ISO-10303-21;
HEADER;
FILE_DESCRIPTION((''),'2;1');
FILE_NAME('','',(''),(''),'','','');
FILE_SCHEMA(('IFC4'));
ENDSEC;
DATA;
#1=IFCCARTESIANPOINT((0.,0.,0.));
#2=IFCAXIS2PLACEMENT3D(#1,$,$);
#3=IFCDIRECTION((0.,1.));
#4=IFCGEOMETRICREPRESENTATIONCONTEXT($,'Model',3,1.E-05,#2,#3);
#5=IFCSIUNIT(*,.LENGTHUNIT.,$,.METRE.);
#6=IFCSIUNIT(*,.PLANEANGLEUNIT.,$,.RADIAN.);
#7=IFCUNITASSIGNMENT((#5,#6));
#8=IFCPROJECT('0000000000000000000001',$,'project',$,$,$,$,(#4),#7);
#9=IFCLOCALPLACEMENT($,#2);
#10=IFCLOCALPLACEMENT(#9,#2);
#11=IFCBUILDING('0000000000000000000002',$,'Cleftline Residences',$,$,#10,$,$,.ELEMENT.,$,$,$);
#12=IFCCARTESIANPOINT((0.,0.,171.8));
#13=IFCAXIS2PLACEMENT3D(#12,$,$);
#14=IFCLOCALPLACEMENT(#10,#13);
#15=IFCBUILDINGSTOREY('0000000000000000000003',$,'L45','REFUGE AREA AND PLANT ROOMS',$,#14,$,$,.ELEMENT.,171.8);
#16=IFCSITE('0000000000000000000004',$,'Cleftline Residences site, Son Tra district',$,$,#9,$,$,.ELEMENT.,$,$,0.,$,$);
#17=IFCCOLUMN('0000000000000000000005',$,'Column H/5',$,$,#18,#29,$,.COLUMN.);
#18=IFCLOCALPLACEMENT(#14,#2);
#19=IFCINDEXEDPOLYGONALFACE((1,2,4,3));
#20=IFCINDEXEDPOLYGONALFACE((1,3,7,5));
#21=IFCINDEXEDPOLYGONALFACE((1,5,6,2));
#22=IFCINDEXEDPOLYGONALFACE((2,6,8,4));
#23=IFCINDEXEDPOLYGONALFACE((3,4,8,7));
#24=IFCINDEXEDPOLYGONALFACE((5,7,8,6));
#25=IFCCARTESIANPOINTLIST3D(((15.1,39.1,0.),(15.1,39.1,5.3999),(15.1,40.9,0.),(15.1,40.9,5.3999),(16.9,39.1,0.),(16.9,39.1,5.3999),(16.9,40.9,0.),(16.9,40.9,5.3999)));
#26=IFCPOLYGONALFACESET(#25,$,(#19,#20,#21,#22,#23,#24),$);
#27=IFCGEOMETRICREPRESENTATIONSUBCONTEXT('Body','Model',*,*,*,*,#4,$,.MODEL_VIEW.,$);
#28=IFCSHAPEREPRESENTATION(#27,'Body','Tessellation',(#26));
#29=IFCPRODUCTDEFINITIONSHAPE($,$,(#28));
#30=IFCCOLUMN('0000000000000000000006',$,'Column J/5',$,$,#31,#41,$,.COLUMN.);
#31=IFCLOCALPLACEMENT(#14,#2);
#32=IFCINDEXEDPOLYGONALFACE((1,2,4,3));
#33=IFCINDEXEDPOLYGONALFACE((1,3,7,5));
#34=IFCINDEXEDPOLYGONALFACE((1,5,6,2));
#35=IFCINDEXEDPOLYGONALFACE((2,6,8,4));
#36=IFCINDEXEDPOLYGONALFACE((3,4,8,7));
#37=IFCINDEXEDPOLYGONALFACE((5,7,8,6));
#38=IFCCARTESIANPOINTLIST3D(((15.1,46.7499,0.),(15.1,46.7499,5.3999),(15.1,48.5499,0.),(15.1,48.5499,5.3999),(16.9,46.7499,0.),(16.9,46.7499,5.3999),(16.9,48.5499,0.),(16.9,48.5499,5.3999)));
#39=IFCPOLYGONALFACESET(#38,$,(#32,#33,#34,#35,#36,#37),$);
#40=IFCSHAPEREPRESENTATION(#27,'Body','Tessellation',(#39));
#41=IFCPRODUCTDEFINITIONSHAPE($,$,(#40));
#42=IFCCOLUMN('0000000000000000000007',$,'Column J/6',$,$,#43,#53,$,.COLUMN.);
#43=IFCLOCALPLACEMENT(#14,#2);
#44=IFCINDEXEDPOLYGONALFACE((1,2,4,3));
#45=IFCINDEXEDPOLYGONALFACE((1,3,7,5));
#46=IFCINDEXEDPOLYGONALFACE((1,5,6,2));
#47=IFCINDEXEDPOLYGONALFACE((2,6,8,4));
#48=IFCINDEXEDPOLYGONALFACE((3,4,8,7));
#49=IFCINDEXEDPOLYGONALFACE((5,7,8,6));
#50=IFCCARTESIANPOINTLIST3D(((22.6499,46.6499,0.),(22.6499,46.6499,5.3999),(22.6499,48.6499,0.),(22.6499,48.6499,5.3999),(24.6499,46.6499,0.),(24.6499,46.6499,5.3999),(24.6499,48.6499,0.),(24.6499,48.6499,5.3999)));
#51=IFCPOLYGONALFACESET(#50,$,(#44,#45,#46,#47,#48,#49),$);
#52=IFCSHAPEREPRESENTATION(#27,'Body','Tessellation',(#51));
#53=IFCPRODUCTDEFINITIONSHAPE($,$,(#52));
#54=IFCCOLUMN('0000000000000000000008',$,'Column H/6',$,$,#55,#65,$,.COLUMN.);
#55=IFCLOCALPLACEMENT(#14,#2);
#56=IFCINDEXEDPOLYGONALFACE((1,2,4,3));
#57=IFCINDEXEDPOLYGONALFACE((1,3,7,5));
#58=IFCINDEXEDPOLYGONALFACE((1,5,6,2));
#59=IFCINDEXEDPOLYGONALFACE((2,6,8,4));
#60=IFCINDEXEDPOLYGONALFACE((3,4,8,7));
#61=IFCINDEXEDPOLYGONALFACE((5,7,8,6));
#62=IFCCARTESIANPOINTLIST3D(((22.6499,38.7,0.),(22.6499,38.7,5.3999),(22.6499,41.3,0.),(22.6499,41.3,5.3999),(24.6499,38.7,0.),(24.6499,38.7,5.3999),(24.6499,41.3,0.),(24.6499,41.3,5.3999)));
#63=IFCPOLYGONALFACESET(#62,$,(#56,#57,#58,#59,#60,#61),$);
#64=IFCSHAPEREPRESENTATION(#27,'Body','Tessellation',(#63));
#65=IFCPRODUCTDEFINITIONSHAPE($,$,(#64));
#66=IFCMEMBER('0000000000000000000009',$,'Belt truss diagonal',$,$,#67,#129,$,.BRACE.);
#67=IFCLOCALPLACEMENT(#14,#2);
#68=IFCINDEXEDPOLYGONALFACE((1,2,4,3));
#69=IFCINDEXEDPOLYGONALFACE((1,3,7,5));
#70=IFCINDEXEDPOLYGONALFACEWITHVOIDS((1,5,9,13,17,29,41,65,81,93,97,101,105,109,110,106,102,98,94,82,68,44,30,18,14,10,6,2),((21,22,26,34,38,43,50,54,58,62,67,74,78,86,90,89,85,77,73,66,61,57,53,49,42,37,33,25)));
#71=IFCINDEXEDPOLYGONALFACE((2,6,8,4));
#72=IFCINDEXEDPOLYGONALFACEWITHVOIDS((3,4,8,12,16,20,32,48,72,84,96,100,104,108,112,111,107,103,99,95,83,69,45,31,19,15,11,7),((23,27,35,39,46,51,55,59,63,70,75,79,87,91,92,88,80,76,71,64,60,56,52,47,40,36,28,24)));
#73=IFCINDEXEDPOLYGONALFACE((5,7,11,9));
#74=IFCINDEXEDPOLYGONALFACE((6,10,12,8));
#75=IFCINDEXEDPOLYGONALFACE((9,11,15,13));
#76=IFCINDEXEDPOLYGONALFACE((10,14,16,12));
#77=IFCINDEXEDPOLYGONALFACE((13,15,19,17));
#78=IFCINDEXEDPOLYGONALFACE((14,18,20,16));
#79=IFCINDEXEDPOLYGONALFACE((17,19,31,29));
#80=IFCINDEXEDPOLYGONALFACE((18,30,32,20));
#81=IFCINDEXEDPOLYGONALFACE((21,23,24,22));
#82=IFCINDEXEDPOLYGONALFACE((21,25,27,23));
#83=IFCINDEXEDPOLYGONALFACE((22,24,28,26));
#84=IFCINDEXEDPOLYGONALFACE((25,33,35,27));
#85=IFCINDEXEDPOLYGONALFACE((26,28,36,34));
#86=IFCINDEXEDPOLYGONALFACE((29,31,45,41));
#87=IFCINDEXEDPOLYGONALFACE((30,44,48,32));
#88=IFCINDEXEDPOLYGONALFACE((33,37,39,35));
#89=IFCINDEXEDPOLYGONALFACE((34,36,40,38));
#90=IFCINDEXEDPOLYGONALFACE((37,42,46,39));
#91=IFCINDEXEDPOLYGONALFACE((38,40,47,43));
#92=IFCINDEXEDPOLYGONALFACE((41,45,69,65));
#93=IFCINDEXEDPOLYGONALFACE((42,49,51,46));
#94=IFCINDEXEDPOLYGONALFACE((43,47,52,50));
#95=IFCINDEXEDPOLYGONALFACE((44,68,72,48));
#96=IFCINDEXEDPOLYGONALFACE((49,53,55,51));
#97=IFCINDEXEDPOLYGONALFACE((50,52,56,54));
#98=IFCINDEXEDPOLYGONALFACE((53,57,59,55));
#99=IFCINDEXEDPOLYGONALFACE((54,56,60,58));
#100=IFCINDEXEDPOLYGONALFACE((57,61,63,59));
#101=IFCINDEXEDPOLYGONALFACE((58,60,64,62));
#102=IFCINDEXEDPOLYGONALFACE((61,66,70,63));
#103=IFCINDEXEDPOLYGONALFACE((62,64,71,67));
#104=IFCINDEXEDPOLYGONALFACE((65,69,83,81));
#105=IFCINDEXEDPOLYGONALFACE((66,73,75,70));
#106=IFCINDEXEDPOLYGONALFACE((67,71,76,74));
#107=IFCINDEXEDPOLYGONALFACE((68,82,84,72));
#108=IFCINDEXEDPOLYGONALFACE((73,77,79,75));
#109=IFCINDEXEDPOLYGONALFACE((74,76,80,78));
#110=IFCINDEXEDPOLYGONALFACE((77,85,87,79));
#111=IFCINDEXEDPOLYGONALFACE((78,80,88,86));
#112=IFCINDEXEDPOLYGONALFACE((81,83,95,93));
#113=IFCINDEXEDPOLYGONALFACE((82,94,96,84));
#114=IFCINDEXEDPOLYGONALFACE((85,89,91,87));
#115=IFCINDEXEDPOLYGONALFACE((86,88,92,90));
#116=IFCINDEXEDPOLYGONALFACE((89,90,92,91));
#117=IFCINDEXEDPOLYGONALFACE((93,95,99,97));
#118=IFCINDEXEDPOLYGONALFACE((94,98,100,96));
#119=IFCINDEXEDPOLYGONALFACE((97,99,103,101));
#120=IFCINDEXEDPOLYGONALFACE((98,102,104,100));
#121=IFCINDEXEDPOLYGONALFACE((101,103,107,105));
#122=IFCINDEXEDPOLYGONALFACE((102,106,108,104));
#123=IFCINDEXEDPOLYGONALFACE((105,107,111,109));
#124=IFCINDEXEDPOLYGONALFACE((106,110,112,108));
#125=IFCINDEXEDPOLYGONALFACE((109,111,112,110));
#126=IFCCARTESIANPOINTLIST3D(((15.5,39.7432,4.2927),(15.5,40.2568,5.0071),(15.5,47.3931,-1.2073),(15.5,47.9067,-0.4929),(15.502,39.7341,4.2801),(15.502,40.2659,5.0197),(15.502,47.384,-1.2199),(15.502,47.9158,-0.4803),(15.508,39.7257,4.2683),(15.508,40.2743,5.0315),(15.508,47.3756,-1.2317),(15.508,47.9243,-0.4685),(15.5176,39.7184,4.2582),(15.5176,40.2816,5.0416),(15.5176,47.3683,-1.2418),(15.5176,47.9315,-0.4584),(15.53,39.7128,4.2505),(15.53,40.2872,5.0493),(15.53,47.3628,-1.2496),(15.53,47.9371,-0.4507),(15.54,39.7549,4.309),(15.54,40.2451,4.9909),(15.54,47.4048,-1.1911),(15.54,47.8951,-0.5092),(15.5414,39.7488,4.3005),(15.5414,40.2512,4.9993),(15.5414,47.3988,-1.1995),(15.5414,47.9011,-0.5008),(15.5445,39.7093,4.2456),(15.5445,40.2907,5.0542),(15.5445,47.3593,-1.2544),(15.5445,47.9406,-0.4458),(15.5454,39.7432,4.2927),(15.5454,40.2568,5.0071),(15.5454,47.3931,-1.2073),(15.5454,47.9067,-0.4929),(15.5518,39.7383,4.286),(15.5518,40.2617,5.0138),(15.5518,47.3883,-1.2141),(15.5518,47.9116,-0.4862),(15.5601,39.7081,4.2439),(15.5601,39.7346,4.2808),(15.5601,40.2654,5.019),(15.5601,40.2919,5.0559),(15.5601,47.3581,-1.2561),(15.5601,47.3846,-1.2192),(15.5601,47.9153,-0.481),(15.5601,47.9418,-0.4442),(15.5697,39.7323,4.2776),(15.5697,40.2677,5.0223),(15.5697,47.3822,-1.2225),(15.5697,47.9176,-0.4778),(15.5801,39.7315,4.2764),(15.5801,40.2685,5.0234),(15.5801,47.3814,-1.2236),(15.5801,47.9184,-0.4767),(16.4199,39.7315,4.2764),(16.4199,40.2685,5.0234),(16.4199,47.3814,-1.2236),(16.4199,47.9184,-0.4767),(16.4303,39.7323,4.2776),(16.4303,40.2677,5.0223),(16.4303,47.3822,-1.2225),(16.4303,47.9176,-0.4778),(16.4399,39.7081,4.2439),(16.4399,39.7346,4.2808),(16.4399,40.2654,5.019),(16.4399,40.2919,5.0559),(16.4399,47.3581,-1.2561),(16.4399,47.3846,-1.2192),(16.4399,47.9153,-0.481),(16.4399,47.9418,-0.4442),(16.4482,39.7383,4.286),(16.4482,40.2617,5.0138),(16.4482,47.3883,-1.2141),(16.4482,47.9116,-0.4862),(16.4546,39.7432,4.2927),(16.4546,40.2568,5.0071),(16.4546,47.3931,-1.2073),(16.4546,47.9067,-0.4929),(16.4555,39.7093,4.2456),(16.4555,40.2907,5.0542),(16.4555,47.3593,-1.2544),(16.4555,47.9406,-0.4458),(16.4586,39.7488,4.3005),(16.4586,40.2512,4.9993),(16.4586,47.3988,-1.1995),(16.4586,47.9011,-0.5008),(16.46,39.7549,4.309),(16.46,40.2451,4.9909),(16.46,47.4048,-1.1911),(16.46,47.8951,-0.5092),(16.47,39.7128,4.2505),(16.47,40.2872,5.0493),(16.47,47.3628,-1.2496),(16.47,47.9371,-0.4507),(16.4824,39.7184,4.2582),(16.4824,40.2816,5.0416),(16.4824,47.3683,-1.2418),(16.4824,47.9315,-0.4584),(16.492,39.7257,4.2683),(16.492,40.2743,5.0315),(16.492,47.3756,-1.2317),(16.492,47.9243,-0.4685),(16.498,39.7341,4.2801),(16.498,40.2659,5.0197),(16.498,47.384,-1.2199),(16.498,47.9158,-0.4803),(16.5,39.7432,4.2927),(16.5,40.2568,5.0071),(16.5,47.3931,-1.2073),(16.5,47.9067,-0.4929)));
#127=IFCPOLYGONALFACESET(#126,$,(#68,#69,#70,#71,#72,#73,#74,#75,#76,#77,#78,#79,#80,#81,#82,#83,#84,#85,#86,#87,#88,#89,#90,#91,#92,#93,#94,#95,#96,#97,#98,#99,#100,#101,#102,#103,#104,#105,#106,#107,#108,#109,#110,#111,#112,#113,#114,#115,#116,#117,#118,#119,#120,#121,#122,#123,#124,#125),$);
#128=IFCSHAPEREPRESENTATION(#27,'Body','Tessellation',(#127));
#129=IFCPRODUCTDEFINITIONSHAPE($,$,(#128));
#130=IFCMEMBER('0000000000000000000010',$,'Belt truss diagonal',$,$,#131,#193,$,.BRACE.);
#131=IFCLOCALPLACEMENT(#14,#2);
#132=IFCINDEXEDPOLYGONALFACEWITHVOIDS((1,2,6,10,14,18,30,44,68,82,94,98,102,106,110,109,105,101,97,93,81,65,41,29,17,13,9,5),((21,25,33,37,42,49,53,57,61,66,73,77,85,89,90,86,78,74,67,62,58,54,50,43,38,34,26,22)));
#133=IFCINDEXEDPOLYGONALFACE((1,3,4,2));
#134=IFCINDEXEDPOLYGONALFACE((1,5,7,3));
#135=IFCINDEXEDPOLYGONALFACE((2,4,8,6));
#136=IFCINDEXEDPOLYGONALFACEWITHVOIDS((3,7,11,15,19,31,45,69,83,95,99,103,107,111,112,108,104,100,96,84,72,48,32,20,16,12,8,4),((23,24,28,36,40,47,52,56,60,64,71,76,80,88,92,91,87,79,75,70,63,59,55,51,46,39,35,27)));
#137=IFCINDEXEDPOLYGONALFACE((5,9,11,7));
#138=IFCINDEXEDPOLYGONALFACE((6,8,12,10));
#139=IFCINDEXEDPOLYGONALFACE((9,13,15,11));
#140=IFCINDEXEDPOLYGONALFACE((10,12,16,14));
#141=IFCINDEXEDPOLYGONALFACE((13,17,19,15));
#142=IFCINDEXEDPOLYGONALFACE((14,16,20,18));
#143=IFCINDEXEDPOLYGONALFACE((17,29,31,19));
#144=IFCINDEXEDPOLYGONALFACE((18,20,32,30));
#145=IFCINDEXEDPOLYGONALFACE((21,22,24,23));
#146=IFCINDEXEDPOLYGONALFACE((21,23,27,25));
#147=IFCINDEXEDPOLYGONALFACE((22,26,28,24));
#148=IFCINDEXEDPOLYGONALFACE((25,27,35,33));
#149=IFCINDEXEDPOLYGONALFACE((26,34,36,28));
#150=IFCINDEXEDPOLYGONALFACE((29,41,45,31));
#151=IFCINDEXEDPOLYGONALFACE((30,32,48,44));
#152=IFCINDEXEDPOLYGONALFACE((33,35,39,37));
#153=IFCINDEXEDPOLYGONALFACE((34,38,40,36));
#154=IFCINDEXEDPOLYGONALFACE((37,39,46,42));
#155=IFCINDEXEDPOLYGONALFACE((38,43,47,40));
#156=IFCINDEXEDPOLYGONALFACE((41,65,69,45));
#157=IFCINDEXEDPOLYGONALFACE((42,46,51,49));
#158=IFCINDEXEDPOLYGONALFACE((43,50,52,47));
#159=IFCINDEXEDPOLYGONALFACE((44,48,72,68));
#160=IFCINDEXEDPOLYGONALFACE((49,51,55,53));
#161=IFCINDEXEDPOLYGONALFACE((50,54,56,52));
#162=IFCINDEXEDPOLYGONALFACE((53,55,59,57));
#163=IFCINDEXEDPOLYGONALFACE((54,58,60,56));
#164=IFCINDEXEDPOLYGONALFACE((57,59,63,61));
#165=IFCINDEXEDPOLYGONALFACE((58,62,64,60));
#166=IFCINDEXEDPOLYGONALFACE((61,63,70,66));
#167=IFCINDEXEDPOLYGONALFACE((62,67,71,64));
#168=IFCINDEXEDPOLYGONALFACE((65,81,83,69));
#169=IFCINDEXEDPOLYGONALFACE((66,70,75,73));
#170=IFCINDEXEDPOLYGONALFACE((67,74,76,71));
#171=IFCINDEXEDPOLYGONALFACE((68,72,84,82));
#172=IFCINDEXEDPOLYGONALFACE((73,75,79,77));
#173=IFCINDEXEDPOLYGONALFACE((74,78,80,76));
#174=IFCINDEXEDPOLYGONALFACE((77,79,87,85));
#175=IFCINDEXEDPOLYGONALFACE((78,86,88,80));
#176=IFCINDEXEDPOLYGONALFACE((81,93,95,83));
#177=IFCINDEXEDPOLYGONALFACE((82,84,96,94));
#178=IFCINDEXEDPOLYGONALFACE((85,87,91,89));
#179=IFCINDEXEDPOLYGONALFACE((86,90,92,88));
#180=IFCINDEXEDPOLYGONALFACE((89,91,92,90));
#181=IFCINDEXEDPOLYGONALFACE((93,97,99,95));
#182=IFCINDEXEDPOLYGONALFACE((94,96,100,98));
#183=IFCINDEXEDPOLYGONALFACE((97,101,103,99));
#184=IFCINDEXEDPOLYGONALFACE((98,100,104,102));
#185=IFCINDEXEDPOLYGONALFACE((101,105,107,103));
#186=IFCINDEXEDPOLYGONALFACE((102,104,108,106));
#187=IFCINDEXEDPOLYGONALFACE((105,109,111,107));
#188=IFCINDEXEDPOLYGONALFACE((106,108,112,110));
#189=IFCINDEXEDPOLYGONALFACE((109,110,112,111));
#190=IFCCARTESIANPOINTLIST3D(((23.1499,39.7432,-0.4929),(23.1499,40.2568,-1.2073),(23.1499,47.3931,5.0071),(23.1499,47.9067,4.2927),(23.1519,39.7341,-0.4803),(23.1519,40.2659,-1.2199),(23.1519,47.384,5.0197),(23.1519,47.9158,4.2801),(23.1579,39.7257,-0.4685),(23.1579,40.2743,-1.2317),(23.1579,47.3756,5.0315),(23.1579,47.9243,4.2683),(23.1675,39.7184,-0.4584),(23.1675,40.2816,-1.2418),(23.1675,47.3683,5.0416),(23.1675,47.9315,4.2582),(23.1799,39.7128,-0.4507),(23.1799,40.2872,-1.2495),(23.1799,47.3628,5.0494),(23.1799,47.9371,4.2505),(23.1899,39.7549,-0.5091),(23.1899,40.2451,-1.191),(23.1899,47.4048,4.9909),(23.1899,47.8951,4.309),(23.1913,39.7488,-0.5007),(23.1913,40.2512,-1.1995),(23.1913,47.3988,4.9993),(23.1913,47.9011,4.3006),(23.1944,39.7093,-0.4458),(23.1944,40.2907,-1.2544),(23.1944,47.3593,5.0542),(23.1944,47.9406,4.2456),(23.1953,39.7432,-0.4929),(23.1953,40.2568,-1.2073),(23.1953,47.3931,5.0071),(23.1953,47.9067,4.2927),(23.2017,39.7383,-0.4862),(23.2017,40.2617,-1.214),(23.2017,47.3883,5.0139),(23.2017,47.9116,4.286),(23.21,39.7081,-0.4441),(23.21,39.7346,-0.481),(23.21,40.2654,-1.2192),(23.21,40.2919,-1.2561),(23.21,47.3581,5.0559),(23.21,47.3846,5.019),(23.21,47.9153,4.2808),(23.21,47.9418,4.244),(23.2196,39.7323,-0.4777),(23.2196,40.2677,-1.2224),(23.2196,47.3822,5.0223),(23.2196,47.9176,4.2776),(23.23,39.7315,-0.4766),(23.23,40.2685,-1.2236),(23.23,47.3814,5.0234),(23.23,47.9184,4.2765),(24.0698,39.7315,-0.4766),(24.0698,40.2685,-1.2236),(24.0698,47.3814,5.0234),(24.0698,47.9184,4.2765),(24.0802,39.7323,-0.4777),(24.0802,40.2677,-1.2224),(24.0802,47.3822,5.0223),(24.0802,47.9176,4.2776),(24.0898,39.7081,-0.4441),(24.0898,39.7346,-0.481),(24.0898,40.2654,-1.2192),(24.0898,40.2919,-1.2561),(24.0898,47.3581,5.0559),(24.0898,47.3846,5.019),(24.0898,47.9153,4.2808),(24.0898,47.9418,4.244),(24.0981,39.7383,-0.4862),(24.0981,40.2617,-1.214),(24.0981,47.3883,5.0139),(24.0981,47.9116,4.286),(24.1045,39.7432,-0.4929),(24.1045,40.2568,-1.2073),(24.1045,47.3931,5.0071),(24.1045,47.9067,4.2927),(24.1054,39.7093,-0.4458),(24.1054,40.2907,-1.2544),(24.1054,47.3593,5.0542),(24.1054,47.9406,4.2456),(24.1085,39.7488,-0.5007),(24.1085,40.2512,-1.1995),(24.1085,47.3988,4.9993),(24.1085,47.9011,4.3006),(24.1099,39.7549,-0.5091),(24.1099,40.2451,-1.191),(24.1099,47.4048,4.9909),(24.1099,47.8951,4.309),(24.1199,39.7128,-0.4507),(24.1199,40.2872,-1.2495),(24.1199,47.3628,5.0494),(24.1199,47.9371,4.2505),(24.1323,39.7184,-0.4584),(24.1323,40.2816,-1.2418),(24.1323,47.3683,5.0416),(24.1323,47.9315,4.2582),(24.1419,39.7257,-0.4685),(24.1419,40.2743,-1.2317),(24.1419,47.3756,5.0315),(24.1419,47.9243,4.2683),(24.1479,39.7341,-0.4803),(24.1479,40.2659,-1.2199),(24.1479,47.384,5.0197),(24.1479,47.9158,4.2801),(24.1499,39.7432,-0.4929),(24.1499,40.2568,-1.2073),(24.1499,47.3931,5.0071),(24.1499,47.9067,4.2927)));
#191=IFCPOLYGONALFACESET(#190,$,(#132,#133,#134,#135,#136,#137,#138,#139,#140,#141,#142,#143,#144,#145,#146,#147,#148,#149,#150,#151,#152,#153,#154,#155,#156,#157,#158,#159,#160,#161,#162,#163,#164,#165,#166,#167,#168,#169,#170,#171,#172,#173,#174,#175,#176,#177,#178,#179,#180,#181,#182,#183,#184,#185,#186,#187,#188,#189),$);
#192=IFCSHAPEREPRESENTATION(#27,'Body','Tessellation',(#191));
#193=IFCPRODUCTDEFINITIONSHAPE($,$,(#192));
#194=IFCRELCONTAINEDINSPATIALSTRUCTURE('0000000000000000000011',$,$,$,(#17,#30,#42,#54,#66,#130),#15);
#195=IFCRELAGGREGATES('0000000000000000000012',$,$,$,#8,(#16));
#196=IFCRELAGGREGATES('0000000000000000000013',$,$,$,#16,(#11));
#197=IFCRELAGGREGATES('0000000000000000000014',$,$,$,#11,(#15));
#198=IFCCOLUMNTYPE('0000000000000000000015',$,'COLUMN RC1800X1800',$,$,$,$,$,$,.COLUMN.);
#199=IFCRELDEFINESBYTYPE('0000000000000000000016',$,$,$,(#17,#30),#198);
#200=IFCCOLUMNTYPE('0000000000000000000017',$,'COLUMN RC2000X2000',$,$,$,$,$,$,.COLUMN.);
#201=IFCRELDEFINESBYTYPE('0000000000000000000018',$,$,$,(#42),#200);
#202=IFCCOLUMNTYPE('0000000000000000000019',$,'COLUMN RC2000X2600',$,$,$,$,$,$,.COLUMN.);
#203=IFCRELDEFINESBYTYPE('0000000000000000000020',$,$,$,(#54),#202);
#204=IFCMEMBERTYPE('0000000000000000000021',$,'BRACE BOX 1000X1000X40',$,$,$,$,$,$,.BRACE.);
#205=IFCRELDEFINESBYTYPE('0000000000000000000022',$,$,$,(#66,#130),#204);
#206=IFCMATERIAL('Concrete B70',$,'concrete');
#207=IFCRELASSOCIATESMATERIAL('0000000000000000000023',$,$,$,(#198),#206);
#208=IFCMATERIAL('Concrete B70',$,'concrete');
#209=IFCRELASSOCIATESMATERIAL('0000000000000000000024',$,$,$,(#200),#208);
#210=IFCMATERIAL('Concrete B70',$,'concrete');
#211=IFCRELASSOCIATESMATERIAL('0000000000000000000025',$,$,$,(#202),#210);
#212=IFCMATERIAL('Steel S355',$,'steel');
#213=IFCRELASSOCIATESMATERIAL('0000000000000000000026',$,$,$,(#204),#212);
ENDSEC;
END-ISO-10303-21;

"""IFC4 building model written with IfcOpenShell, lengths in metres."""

from ifc_helpers import new_model, si_unit, direction, frame, origin, origin_2d, place, context, subcontext, project, spatial, rectangle, hollow_rectangle, extrude, material, material_profile, profile_set, type_object, element, save


model = new_model("IFC4")

# Units and contexts
model_context = context("Model", 3, precision=1e-05, world=origin(), true_north=direction((0.0, 1.0)))
body_context = subcontext(model_context, "Body", "Model", "MODEL_VIEW")
ifc_project = project(units=[si_unit("LENGTHUNIT", "METRE"), si_unit("PLANEANGLEUNIT", "RADIAN")], contexts=[model_context])

# Site, building, storey
site_placement = place(None, origin())
site = spatial("IfcSite", under=ifc_project, at=site_placement, Name="Cleftline Residences site, Son Tra district", CompositionType="ELEMENT", RefElevation=0.0)
building_placement = place(site_placement, origin())
building = spatial("IfcBuilding", under=site, at=building_placement, Name="Cleftline Residences", CompositionType="ELEMENT")
storey_placement = place(building_placement, frame((0.0, 0.0, 171.8)))
storey = spatial("IfcBuildingStorey", under=building, at=storey_placement, Name="L45", Description="REFUGE AREA AND PLANT ROOMS", CompositionType="ELEMENT", Elevation=171.8)

# Columns
ifc_material_1 = material(Name="Concrete B70", Category="concrete")
ifc_material_profile_1 = material_profile(ifc_material_1, rectangle(XDim=1.8, YDim=1.8, at=origin_2d()))
ifc_profile_set_1 = profile_set([ifc_material_profile_1], Name="Concrete B70")
column_type_1 = type_object("IfcColumnType", Name="COLUMN RC1800X1800", PredefinedType="COLUMN", material=ifc_profile_set_1)
for number, where, z_axis, x_axis, name in (
    (1, (16.0, 40.0, 0.0), (0.0, 0.0, 1.0), (1.0, 0.0, 0.0), "Column H/5"),
    (2, (16.0, 47.6499, 0.0), (0.0, 0.0, 1.0), (1.0, 0.0, 0.0), "Column J/5"),
):
    element("IfcColumn", number, at=place(storey_placement, frame(where, z_axis=z_axis, x_axis=x_axis)), inside=storey, type_object=column_type_1, Name=name, PredefinedType="COLUMN", context=body_context, shape_type="SweptSolid", body=[
        extrude(rectangle(XDim=1.8, YDim=1.8, at=origin_2d()), origin(), (0.0, 0.0, 1.0), 5.3999),
    ])
ifc_material_2 = material(Name="Concrete B70", Category="concrete")
ifc_material_profile_2 = material_profile(ifc_material_2, rectangle(XDim=2.0, YDim=2.0, at=origin_2d()))
ifc_profile_set_2 = profile_set([ifc_material_profile_2], Name="Concrete B70")
column_type_2 = type_object("IfcColumnType", Name="COLUMN RC2000X2000", PredefinedType="COLUMN", material=ifc_profile_set_2)
column_1_placement = place(storey_placement, frame((23.6499, 47.6499, 0.0), z_axis=(0.0, 0.0, 1.0), x_axis=(1.0, 0.0, 0.0)))
element("IfcColumn", 3, at=column_1_placement, inside=storey, type_object=column_type_2, Name="Column J/6", PredefinedType="COLUMN", context=body_context, shape_type="SweptSolid", body=[
    extrude(rectangle(XDim=2.0, YDim=2.0, at=origin_2d()), origin(), (0.0, 0.0, 1.0), 5.3999),
])
ifc_material_3 = material(Name="Concrete B70", Category="concrete")
ifc_material_profile_3 = material_profile(ifc_material_3, rectangle(XDim=2.0, YDim=2.6001, at=origin_2d()))
ifc_profile_set_3 = profile_set([ifc_material_profile_3], Name="Concrete B70")
column_type_3 = type_object("IfcColumnType", Name="COLUMN RC2000X2600", PredefinedType="COLUMN", material=ifc_profile_set_3)
column_2_placement = place(storey_placement, frame((23.6499, 40.0, 0.0), z_axis=(0.0, 0.0, 1.0), x_axis=(1.0, 0.0, 0.0)))
element("IfcColumn", 4, at=column_2_placement, inside=storey, type_object=column_type_3, Name="Column H/6", PredefinedType="COLUMN", context=body_context, shape_type="SweptSolid", body=[
    extrude(rectangle(XDim=2.0, YDim=2.6001, at=origin_2d()), origin(), (0.0, 0.0, 1.0), 5.3999),
])

# Members
ifc_material_4 = material(Name="Steel S355", Category="steel")
ifc_material_profile_4 = material_profile(ifc_material_4, hollow_rectangle(XDim=1.0, YDim=1.0, WallThickness=0.04, InnerFilletRadius=0.04, OuterFilletRadius=0.0601, at=origin_2d()))
ifc_profile_set_4 = profile_set([ifc_material_profile_4], Name="Steel S355")
member_type_1 = type_object("IfcMemberType", Name="BRACE BOX 1000X1000X40", PredefinedType="BRACE", material=ifc_profile_set_4)
for number, where, z_axis, x_axis, name in (
    (5, (16.0, 40.0, 4.6499), (0.0, 0.811933, -0.58375), (0.0, 0.58375, 0.811933), "Belt truss diagonal"),
    (6, (23.6499, 40.0, -0.8501), (0.0, 0.811933, 0.58375), (0.0, -0.58375, 0.811933), "Belt truss diagonal"),
):
    element("IfcMember", number, at=place(storey_placement, frame(where, z_axis=z_axis, x_axis=x_axis)), inside=storey, type_object=member_type_1, Name=name, PredefinedType="BRACE", context=body_context, shape_type="SweptSolid", body=[
        extrude(hollow_rectangle(XDim=1.0, YDim=1.0, WallThickness=0.04, InnerFilletRadius=0.04, OuterFilletRadius=0.0601, at=origin_2d()), origin(), (0.0, 0.0, 1.0), 9.4219),
    ])

save(model, "model.ifc")
